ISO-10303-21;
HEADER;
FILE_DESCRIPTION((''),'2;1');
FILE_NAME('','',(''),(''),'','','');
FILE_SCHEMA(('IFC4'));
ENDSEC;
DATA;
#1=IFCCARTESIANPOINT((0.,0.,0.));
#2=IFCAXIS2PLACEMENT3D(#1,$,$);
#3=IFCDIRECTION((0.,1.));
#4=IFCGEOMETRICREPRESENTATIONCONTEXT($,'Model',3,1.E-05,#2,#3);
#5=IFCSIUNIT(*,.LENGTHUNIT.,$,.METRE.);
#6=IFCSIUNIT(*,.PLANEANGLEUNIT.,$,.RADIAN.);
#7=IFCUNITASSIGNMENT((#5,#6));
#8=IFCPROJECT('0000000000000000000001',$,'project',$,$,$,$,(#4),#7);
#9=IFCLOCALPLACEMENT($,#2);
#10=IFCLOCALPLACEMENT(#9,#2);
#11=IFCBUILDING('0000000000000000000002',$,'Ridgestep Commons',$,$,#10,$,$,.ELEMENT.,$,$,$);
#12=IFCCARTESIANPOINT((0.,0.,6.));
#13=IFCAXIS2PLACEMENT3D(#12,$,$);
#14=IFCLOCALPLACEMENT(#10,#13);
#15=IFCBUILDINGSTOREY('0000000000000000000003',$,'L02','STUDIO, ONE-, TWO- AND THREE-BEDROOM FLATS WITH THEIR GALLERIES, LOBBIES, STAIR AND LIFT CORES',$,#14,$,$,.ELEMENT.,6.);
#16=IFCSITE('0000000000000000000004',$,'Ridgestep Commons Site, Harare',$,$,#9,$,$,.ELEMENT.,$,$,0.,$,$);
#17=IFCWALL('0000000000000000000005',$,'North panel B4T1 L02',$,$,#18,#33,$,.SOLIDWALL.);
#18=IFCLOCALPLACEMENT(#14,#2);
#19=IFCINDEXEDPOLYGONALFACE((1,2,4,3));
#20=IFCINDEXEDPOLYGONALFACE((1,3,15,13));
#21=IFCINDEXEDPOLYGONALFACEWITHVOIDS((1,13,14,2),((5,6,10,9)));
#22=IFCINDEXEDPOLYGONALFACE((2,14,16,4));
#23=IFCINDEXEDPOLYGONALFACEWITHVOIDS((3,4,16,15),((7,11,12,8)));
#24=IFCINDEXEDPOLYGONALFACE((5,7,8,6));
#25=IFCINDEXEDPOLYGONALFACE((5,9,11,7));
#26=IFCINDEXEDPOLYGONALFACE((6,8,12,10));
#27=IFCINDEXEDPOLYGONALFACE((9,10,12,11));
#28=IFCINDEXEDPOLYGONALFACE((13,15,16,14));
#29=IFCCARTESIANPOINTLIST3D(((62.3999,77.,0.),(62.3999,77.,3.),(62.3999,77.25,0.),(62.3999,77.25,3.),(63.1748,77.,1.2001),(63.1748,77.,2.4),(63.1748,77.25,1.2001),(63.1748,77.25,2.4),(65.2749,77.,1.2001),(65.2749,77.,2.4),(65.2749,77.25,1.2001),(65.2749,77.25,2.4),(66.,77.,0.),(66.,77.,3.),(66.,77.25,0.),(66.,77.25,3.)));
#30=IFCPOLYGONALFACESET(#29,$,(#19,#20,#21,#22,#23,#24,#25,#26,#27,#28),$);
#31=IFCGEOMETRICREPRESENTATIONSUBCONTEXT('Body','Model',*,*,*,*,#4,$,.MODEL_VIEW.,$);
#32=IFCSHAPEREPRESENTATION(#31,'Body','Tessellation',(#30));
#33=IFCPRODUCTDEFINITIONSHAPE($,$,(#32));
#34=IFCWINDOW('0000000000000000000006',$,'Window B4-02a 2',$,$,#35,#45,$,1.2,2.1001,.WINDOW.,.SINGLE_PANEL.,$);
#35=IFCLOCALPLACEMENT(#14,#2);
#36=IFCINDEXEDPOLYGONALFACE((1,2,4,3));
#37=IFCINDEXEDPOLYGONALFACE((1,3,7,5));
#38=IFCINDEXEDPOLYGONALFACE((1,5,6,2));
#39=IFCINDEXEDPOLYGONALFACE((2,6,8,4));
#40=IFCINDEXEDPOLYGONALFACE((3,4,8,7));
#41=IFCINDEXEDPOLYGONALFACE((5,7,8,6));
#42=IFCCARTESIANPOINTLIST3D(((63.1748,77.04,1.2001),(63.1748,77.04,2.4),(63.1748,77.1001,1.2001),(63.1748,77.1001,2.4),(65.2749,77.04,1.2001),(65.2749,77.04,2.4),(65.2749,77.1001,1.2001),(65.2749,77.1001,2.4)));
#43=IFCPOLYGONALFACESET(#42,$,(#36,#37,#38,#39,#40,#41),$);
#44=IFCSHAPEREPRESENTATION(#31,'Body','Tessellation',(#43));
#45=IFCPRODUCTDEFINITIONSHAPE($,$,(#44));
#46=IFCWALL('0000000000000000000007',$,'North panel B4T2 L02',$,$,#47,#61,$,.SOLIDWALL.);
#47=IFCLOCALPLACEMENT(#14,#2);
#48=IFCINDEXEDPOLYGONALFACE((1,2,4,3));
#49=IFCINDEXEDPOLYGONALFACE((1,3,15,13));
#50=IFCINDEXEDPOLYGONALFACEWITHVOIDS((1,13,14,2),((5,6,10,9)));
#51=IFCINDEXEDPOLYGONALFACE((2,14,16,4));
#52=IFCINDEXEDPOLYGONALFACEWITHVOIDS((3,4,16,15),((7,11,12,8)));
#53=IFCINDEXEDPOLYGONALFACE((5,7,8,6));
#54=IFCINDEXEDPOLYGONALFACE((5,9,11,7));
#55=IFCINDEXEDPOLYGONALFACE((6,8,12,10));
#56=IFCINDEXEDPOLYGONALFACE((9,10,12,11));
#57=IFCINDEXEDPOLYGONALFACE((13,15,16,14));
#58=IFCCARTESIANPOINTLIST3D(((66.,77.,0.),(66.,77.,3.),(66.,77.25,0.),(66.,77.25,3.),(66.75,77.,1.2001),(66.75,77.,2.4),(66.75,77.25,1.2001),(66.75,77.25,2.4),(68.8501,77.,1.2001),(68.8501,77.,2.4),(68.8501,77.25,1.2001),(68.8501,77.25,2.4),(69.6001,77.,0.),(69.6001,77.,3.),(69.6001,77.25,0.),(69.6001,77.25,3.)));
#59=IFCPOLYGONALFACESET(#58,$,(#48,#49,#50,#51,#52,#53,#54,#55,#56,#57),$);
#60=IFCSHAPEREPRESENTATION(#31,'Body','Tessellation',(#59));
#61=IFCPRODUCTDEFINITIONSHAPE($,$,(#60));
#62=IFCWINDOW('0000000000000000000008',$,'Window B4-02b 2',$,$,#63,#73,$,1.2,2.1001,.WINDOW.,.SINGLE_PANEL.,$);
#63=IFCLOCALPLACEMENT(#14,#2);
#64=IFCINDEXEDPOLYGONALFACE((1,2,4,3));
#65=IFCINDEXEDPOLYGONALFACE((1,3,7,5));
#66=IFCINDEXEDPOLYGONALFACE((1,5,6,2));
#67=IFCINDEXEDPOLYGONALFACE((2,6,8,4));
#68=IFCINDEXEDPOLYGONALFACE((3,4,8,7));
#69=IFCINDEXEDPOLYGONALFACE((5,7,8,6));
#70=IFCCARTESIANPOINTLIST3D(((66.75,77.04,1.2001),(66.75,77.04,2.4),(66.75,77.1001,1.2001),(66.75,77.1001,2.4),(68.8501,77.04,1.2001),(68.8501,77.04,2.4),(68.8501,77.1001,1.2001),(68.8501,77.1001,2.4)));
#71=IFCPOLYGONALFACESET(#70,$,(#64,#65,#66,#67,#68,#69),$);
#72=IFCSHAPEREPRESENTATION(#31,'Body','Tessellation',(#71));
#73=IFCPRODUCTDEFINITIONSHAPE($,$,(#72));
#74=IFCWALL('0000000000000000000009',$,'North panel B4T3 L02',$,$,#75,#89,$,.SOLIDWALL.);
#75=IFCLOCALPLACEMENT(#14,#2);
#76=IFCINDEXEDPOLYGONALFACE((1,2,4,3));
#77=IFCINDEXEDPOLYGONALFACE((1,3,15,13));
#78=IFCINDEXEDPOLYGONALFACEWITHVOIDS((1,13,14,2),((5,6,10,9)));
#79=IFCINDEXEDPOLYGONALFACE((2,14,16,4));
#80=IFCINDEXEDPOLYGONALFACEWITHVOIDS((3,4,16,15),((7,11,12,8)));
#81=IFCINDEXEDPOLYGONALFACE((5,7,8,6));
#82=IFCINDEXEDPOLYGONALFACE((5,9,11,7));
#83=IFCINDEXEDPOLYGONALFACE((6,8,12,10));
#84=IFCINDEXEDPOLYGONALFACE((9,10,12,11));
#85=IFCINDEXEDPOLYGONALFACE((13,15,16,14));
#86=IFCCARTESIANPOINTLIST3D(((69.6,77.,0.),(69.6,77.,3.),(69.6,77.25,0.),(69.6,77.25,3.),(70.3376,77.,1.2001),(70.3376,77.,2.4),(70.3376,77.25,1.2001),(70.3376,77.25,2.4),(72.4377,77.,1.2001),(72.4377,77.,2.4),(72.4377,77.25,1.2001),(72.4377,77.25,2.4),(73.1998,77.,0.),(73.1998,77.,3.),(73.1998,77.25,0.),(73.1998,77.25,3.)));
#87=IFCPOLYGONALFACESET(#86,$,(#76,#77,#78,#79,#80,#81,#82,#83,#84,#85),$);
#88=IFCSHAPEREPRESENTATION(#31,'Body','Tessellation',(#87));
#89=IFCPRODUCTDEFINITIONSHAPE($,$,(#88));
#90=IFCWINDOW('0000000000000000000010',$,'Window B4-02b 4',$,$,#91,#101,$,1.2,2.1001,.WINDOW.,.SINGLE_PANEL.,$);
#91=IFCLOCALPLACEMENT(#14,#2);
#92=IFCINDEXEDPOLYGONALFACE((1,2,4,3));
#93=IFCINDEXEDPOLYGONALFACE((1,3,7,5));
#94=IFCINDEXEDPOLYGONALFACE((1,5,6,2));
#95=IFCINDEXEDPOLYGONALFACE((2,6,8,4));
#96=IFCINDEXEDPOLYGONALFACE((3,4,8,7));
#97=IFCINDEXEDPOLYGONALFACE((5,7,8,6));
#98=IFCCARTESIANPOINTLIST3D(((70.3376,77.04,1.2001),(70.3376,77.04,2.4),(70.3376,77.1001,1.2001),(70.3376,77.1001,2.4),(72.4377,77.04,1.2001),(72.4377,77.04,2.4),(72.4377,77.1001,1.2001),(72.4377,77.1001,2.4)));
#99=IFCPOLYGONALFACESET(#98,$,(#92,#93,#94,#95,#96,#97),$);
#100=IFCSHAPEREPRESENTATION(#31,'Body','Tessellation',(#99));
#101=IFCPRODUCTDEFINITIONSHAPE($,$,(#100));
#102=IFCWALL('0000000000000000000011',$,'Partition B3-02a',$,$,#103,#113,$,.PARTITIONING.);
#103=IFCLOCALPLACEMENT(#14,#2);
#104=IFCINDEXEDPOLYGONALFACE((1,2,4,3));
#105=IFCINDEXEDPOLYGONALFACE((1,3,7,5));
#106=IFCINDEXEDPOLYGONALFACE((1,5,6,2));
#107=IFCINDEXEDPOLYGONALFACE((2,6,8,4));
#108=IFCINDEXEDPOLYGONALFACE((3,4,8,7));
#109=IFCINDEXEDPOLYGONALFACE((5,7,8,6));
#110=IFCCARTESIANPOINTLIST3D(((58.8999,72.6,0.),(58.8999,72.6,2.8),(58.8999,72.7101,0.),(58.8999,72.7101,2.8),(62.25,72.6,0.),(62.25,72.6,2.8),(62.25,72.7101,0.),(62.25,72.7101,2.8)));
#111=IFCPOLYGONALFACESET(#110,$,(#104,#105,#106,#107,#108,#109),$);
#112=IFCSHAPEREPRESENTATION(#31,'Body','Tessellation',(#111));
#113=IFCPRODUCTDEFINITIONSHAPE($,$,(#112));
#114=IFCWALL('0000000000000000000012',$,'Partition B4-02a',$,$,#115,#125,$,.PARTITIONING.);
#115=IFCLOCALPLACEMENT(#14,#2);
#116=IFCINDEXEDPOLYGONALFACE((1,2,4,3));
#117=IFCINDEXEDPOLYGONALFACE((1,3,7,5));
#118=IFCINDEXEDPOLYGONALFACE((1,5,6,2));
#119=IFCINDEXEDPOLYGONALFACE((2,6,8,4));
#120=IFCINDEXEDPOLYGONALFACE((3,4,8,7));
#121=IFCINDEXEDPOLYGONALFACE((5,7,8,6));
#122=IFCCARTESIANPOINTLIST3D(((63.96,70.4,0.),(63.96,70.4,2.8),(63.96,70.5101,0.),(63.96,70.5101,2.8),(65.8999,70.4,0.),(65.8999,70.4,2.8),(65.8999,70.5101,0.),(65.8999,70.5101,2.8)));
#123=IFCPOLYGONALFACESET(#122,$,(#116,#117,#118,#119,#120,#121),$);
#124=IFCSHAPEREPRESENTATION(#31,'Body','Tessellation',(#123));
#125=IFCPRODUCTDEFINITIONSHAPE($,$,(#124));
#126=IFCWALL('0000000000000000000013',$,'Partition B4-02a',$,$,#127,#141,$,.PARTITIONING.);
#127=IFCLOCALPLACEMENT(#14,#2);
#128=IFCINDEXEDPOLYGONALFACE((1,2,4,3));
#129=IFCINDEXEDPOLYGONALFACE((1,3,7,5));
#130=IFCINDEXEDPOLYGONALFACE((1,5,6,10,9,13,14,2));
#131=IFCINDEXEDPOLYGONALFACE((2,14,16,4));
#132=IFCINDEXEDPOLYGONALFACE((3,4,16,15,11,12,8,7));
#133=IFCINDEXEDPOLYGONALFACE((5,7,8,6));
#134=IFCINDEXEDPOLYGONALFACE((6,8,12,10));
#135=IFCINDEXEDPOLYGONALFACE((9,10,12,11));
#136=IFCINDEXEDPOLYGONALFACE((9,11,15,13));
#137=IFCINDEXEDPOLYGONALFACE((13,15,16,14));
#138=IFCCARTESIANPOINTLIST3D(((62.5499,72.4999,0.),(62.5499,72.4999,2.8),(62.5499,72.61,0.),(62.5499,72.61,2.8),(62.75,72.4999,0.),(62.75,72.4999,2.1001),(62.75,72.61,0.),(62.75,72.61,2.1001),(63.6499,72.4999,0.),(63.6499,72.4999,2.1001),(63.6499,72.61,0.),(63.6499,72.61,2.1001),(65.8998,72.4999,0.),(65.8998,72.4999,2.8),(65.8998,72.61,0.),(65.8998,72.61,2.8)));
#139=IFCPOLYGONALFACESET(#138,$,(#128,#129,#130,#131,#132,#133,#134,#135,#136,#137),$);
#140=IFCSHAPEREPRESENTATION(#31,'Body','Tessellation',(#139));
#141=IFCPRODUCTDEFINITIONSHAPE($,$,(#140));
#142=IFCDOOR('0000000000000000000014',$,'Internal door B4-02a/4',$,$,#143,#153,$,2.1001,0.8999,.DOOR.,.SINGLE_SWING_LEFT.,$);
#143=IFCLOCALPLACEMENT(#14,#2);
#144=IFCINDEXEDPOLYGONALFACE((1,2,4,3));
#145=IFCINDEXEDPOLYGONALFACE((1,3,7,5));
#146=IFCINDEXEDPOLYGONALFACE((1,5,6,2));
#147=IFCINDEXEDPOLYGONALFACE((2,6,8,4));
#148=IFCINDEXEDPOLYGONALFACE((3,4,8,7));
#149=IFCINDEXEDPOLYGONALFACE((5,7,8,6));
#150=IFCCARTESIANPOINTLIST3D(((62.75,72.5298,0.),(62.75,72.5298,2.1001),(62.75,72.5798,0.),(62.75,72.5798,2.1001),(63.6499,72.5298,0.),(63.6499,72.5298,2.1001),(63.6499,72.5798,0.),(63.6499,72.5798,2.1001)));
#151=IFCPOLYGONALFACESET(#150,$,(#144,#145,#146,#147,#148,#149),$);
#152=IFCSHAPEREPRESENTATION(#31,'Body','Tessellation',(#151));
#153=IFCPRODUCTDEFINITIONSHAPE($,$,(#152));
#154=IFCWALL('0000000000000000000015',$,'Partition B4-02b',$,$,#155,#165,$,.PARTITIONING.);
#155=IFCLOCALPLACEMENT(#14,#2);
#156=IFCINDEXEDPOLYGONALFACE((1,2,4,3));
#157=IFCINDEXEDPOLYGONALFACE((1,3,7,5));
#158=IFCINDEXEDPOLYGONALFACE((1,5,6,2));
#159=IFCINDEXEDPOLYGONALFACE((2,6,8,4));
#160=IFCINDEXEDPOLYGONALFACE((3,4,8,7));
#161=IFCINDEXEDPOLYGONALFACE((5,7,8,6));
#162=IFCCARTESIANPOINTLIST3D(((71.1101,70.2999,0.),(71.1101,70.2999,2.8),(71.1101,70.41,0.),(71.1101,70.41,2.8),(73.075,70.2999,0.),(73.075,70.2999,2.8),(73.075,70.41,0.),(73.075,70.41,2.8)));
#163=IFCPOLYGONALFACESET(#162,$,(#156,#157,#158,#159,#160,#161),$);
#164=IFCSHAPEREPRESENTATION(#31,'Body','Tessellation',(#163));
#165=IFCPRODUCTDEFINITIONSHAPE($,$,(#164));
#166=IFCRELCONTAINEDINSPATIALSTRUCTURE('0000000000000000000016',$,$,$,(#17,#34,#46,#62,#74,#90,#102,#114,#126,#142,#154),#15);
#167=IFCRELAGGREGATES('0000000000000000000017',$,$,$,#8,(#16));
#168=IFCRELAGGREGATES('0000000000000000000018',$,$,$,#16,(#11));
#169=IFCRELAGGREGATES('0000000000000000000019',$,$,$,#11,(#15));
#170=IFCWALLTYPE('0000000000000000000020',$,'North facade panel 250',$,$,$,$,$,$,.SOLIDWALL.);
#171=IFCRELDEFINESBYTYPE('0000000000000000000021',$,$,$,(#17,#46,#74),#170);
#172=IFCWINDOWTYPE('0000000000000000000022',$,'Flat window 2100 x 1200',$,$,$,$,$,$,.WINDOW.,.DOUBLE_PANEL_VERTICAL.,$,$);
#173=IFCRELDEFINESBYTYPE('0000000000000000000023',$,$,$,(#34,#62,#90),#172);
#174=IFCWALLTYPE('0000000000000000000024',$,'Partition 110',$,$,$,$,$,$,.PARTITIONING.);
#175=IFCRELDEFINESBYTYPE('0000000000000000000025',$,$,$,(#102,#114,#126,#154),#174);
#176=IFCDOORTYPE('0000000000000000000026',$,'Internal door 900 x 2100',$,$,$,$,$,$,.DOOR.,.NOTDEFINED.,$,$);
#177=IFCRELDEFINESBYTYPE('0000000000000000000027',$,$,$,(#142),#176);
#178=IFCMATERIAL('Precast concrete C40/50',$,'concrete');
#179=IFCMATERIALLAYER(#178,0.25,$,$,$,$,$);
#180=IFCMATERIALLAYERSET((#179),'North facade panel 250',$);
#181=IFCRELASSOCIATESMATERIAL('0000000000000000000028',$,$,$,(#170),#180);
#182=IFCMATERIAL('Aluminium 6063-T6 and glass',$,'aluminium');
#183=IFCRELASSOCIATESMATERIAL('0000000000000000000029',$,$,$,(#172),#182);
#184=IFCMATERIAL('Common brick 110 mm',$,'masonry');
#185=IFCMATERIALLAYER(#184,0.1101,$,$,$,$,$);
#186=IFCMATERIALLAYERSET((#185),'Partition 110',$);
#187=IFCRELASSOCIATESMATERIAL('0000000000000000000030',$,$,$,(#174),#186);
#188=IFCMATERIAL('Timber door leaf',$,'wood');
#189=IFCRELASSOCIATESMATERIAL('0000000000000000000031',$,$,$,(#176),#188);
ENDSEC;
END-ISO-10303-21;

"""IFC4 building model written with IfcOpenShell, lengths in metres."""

from ifc_helpers import new_model, si_unit, direction, frame, frame_2d, origin, place, context, subcontext, project, spatial, rectangle, extrude, material, layer, layer_set, type_object, element, fill, save


model = new_model("IFC4")

# Units and contexts
model_context = context("Model", 3, precision=1e-05, world=origin(), true_north=direction((0.0, 1.0)))
body_context = subcontext(model_context, "Body", "Model", "MODEL_VIEW")
ifc_project = project(units=[si_unit("LENGTHUNIT", "METRE"), si_unit("PLANEANGLEUNIT", "RADIAN")], contexts=[model_context])

# Site, building, storey
site_placement = place(None, origin())
site = spatial("IfcSite", under=ifc_project, at=site_placement, Name="Ridgestep Commons Site, Harare", CompositionType="ELEMENT", RefElevation=0.0)
building_placement = place(site_placement, origin())
building = spatial("IfcBuilding", under=site, at=building_placement, Name="Ridgestep Commons", CompositionType="ELEMENT")
storey_placement = place(building_placement, frame((0.0, 0.0, 6.0)))
storey = spatial("IfcBuildingStorey", under=building, at=storey_placement, Name="L02", Description="STUDIO, ONE-, TWO- AND THREE-BEDROOM FLATS WITH THEIR GALLERIES, LOBBIES, STAIR AND LIFT CORES", CompositionType="ELEMENT", Elevation=6.0)

# Walls, openings, windows
ifc_material_1 = material(Name="Precast concrete C40/50", Category="concrete")
ifc_layer_1 = layer(ifc_material_1, 0.25)
ifc_layer_set_1 = layer_set([ifc_layer_1], Name="North facade panel 250")
wall_type_1 = type_object("IfcWallType", Name="North facade panel 250", PredefinedType="SOLIDWALL", material=ifc_layer_set_1)
wall_1_placement = place(storey_placement, frame((62.3999, 77.125, 0.0), z_axis=(0.0, 0.0, 1.0), x_axis=(1.0, 0.0, 0.0)))
wall_1 = element("IfcWall", 1, at=wall_1_placement, inside=storey, type_object=wall_type_1, Name="North panel B4T1 L02", PredefinedType="SOLIDWALL", context=body_context, shape_type="SweptSolid", body=[
    extrude(rectangle(XDim=3.6001, YDim=0.25, at=frame_2d((1.8, 0.0))), origin(), (0.0, 0.0, 1.0), 3.0),
])
opening_1_placement = place(wall_1_placement, frame((0.7749, 0.0, 1.2)))
opening_1 = element("IfcOpeningElement", 2, at=opening_1_placement, cuts=wall_1, PredefinedType="OPENING", context=body_context, shape_type="SweptSolid", body=[
    extrude(rectangle(XDim=2.1001, YDim=1.2, at=frame_2d((1.05, 0.6001))), frame((0.0, 0.135, 0.0), z_axis=(0.0, -1.0, 0.0), x_axis=(1.0, 0.0, 0.0)), (0.0, 0.0, 1.0), 0.27),
])
ifc_material_2 = material(Name="Aluminium 6063-T6 and glass", Category="aluminium")
window_type = type_object("IfcWindowType", Name="Flat window 2100 x 1200", PartitioningType="DOUBLE_PANEL_VERTICAL", PredefinedType="WINDOW", material=ifc_material_2)
window_1_placement = place(opening_1_placement, origin())
window_1 = element("IfcWindow", 3, at=window_1_placement, inside=storey, type_object=window_type, Name="Window B4-02a 2", OverallHeight=1.2, OverallWidth=2.1001, PartitioningType="SINGLE_PANEL", PredefinedType="WINDOW", context=body_context, shape_type="SweptSolid", body=[
    extrude(rectangle(XDim=2.1001, YDim=1.2, at=frame_2d((1.05, 0.6001))), frame((0.0, -0.0249, 0.0), z_axis=(0.0, -1.0, 0.0), x_axis=(1.0, 0.0, 0.0)), (0.0, 0.0, 1.0), 0.0601),
])
fill(opening_1, window_1)
wall_2_placement = place(storey_placement, frame((66.0, 77.125, 0.0), z_axis=(0.0, 0.0, 1.0), x_axis=(1.0, 0.0, 0.0)))
wall_2 = element("IfcWall", 4, at=wall_2_placement, inside=storey, type_object=wall_type_1, Name="North panel B4T2 L02", PredefinedType="SOLIDWALL", context=body_context, shape_type="SweptSolid", body=[
    extrude(rectangle(XDim=3.6001, YDim=0.25, at=frame_2d((1.8, 0.0))), origin(), (0.0, 0.0, 1.0), 3.0),
])
opening_2_placement = place(wall_2_placement, frame((0.75, 0.0, 1.2)))
opening_2 = element("IfcOpeningElement", 5, at=opening_2_placement, cuts=wall_2, PredefinedType="OPENING", context=body_context, shape_type="SweptSolid", body=[
    extrude(rectangle(XDim=2.1001, YDim=1.2, at=frame_2d((1.05, 0.6001))), frame((0.0, 0.135, 0.0), z_axis=(0.0, -1.0, 0.0), x_axis=(1.0, 0.0, 0.0)), (0.0, 0.0, 1.0), 0.27),
])
window_2_placement = place(opening_2_placement, origin())
window_2 = element("IfcWindow", 6, at=window_2_placement, inside=storey, type_object=window_type, Name="Window B4-02b 2", OverallHeight=1.2, OverallWidth=2.1001, PartitioningType="SINGLE_PANEL", PredefinedType="WINDOW", context=body_context, shape_type="SweptSolid", body=[
    extrude(rectangle(XDim=2.1001, YDim=1.2, at=frame_2d((1.05, 0.6001))), frame((0.0, -0.0249, 0.0), z_axis=(0.0, -1.0, 0.0), x_axis=(1.0, 0.0, 0.0)), (0.0, 0.0, 1.0), 0.0601),
])
fill(opening_2, window_2)
wall_3_placement = place(storey_placement, frame((69.6001, 77.125, 0.0), z_axis=(0.0, 0.0, 1.0), x_axis=(1.0, 0.0, 0.0)))
wall_3 = element("IfcWall", 7, at=wall_3_placement, inside=storey, type_object=wall_type_1, Name="North panel B4T3 L02", PredefinedType="SOLIDWALL", context=body_context, shape_type="SweptSolid", body=[
    extrude(rectangle(XDim=3.5999, YDim=0.25, at=frame_2d((1.7998, 0.0))), origin(), (0.0, 0.0, 1.0), 3.0),
])
opening_3_placement = place(wall_3_placement, frame((0.7375, 0.0, 1.2)))
opening_3 = element("IfcOpeningElement", 8, at=opening_3_placement, cuts=wall_3, PredefinedType="OPENING", context=body_context, shape_type="SweptSolid", body=[
    extrude(rectangle(XDim=2.1001, YDim=1.2, at=frame_2d((1.05, 0.6001))), frame((0.0, 0.135, 0.0), z_axis=(0.0, -1.0, 0.0), x_axis=(1.0, 0.0, 0.0)), (0.0, 0.0, 1.0), 0.27),
])
window_3_placement = place(opening_3_placement, origin())
window_3 = element("IfcWindow", 9, at=window_3_placement, inside=storey, type_object=window_type, Name="Window B4-02b 4", OverallHeight=1.2, OverallWidth=2.1001, PartitioningType="SINGLE_PANEL", PredefinedType="WINDOW", context=body_context, shape_type="SweptSolid", body=[
    extrude(rectangle(XDim=2.1001, YDim=1.2, at=frame_2d((1.05, 0.6001))), frame((0.0, -0.0249, 0.0), z_axis=(0.0, -1.0, 0.0), x_axis=(1.0, 0.0, 0.0)), (0.0, 0.0, 1.0), 0.0601),
])
fill(opening_3, window_3)

# Walls
ifc_material_3 = material(Name="Common brick 110 mm", Category="masonry")
ifc_layer_2 = layer(ifc_material_3, 0.1101)
ifc_layer_set_2 = layer_set([ifc_layer_2], Name="Partition 110")
wall_type_2 = type_object("IfcWallType", Name="Partition 110", PredefinedType="PARTITIONING", material=ifc_layer_set_2)
wall_4_placement = place(storey_placement, frame((58.8999, 72.655, 0.0), z_axis=(0.0, 0.0, 1.0), x_axis=(1.0, 0.0, 0.0)))
element("IfcWall", 10, at=wall_4_placement, inside=storey, type_object=wall_type_2, Name="Partition B3-02a", PredefinedType="PARTITIONING", context=body_context, shape_type="SweptSolid", body=[
    extrude(rectangle(XDim=3.3501, YDim=0.1101, at=frame_2d((1.675, 0.0))), origin(), (0.0, 0.0, 1.0), 2.8),
])
wall_5_placement = place(storey_placement, frame((63.96, 70.4551, 0.0), z_axis=(0.0, 0.0, 1.0), x_axis=(1.0, 0.0, 0.0)))
element("IfcWall", 11, at=wall_5_placement, inside=storey, type_object=wall_type_2, Name="Partition B4-02a", PredefinedType="PARTITIONING", context=body_context, shape_type="SweptSolid", body=[
    extrude(rectangle(XDim=1.9399, YDim=0.1101, at=frame_2d((0.97, 0.0))), origin(), (0.0, 0.0, 1.0), 2.8),
])

# Wall, opening, door
wall_6_placement = place(storey_placement, frame((62.55, 72.5549, 0.0), z_axis=(0.0, 0.0, 1.0), x_axis=(1.0, 0.0, 0.0)))
wall_6 = element("IfcWall", 12, at=wall_6_placement, inside=storey, type_object=wall_type_2, Name="Partition B4-02a", PredefinedType="PARTITIONING", context=body_context, shape_type="SweptSolid", body=[
    extrude(rectangle(XDim=3.3499, YDim=0.1101, at=frame_2d((1.6748, 0.0))), origin(), (0.0, 0.0, 1.0), 2.8),
])
opening_4_placement = place(wall_6_placement, frame((0.2, 0.0, 0.0)))
opening_4 = element("IfcOpeningElement", 13, at=opening_4_placement, cuts=wall_6, PredefinedType="OPENING", context=body_context, shape_type="SweptSolid", body=[
    extrude(rectangle(XDim=0.8999, YDim=2.1001, at=frame_2d((0.45, 1.05))), frame((0.0, 0.0649, 0.0), z_axis=(0.0, -1.0, 0.0), x_axis=(1.0, 0.0, 0.0)), (0.0, 0.0, 1.0), 0.1301),
])
ifc_material_4 = material(Name="Timber door leaf", Category="wood")
door_type = type_object("IfcDoorType", Name="Internal door 900 x 2100", OperationType="NOTDEFINED", PredefinedType="DOOR", material=ifc_material_4)
door_1_placement = place(opening_4_placement, origin())
door_1 = element("IfcDoor", 14, at=door_1_placement, inside=storey, type_object=door_type, Name="Internal door B4-02a/4", OperationType="SINGLE_SWING_LEFT", OverallHeight=2.1001, OverallWidth=0.8999, PredefinedType="DOOR", context=body_context, shape_type="SweptSolid", body=[
    extrude(rectangle(XDim=0.8999, YDim=2.1001, at=frame_2d((0.45, 1.05))), frame((0.0, 0.0249, 0.0), z_axis=(0.0, -1.0, 0.0), x_axis=(1.0, 0.0, 0.0)), (0.0, 0.0, 1.0), 0.05),
])
fill(opening_4, door_1)

# Wall
wall_7_placement = place(storey_placement, frame((71.1101, 70.355, 0.0), z_axis=(0.0, 0.0, 1.0), x_axis=(1.0, 0.0, 0.0)))
element("IfcWall", 15, at=wall_7_placement, inside=storey, type_object=wall_type_2, Name="Partition B4-02b", PredefinedType="PARTITIONING", context=body_context, shape_type="SweptSolid", body=[
    extrude(rectangle(XDim=1.9648, YDim=0.1101, at=frame_2d((0.9824, 0.0))), origin(), (0.0, 0.0, 1.0), 2.8),
])

save(model, "model.ifc")
